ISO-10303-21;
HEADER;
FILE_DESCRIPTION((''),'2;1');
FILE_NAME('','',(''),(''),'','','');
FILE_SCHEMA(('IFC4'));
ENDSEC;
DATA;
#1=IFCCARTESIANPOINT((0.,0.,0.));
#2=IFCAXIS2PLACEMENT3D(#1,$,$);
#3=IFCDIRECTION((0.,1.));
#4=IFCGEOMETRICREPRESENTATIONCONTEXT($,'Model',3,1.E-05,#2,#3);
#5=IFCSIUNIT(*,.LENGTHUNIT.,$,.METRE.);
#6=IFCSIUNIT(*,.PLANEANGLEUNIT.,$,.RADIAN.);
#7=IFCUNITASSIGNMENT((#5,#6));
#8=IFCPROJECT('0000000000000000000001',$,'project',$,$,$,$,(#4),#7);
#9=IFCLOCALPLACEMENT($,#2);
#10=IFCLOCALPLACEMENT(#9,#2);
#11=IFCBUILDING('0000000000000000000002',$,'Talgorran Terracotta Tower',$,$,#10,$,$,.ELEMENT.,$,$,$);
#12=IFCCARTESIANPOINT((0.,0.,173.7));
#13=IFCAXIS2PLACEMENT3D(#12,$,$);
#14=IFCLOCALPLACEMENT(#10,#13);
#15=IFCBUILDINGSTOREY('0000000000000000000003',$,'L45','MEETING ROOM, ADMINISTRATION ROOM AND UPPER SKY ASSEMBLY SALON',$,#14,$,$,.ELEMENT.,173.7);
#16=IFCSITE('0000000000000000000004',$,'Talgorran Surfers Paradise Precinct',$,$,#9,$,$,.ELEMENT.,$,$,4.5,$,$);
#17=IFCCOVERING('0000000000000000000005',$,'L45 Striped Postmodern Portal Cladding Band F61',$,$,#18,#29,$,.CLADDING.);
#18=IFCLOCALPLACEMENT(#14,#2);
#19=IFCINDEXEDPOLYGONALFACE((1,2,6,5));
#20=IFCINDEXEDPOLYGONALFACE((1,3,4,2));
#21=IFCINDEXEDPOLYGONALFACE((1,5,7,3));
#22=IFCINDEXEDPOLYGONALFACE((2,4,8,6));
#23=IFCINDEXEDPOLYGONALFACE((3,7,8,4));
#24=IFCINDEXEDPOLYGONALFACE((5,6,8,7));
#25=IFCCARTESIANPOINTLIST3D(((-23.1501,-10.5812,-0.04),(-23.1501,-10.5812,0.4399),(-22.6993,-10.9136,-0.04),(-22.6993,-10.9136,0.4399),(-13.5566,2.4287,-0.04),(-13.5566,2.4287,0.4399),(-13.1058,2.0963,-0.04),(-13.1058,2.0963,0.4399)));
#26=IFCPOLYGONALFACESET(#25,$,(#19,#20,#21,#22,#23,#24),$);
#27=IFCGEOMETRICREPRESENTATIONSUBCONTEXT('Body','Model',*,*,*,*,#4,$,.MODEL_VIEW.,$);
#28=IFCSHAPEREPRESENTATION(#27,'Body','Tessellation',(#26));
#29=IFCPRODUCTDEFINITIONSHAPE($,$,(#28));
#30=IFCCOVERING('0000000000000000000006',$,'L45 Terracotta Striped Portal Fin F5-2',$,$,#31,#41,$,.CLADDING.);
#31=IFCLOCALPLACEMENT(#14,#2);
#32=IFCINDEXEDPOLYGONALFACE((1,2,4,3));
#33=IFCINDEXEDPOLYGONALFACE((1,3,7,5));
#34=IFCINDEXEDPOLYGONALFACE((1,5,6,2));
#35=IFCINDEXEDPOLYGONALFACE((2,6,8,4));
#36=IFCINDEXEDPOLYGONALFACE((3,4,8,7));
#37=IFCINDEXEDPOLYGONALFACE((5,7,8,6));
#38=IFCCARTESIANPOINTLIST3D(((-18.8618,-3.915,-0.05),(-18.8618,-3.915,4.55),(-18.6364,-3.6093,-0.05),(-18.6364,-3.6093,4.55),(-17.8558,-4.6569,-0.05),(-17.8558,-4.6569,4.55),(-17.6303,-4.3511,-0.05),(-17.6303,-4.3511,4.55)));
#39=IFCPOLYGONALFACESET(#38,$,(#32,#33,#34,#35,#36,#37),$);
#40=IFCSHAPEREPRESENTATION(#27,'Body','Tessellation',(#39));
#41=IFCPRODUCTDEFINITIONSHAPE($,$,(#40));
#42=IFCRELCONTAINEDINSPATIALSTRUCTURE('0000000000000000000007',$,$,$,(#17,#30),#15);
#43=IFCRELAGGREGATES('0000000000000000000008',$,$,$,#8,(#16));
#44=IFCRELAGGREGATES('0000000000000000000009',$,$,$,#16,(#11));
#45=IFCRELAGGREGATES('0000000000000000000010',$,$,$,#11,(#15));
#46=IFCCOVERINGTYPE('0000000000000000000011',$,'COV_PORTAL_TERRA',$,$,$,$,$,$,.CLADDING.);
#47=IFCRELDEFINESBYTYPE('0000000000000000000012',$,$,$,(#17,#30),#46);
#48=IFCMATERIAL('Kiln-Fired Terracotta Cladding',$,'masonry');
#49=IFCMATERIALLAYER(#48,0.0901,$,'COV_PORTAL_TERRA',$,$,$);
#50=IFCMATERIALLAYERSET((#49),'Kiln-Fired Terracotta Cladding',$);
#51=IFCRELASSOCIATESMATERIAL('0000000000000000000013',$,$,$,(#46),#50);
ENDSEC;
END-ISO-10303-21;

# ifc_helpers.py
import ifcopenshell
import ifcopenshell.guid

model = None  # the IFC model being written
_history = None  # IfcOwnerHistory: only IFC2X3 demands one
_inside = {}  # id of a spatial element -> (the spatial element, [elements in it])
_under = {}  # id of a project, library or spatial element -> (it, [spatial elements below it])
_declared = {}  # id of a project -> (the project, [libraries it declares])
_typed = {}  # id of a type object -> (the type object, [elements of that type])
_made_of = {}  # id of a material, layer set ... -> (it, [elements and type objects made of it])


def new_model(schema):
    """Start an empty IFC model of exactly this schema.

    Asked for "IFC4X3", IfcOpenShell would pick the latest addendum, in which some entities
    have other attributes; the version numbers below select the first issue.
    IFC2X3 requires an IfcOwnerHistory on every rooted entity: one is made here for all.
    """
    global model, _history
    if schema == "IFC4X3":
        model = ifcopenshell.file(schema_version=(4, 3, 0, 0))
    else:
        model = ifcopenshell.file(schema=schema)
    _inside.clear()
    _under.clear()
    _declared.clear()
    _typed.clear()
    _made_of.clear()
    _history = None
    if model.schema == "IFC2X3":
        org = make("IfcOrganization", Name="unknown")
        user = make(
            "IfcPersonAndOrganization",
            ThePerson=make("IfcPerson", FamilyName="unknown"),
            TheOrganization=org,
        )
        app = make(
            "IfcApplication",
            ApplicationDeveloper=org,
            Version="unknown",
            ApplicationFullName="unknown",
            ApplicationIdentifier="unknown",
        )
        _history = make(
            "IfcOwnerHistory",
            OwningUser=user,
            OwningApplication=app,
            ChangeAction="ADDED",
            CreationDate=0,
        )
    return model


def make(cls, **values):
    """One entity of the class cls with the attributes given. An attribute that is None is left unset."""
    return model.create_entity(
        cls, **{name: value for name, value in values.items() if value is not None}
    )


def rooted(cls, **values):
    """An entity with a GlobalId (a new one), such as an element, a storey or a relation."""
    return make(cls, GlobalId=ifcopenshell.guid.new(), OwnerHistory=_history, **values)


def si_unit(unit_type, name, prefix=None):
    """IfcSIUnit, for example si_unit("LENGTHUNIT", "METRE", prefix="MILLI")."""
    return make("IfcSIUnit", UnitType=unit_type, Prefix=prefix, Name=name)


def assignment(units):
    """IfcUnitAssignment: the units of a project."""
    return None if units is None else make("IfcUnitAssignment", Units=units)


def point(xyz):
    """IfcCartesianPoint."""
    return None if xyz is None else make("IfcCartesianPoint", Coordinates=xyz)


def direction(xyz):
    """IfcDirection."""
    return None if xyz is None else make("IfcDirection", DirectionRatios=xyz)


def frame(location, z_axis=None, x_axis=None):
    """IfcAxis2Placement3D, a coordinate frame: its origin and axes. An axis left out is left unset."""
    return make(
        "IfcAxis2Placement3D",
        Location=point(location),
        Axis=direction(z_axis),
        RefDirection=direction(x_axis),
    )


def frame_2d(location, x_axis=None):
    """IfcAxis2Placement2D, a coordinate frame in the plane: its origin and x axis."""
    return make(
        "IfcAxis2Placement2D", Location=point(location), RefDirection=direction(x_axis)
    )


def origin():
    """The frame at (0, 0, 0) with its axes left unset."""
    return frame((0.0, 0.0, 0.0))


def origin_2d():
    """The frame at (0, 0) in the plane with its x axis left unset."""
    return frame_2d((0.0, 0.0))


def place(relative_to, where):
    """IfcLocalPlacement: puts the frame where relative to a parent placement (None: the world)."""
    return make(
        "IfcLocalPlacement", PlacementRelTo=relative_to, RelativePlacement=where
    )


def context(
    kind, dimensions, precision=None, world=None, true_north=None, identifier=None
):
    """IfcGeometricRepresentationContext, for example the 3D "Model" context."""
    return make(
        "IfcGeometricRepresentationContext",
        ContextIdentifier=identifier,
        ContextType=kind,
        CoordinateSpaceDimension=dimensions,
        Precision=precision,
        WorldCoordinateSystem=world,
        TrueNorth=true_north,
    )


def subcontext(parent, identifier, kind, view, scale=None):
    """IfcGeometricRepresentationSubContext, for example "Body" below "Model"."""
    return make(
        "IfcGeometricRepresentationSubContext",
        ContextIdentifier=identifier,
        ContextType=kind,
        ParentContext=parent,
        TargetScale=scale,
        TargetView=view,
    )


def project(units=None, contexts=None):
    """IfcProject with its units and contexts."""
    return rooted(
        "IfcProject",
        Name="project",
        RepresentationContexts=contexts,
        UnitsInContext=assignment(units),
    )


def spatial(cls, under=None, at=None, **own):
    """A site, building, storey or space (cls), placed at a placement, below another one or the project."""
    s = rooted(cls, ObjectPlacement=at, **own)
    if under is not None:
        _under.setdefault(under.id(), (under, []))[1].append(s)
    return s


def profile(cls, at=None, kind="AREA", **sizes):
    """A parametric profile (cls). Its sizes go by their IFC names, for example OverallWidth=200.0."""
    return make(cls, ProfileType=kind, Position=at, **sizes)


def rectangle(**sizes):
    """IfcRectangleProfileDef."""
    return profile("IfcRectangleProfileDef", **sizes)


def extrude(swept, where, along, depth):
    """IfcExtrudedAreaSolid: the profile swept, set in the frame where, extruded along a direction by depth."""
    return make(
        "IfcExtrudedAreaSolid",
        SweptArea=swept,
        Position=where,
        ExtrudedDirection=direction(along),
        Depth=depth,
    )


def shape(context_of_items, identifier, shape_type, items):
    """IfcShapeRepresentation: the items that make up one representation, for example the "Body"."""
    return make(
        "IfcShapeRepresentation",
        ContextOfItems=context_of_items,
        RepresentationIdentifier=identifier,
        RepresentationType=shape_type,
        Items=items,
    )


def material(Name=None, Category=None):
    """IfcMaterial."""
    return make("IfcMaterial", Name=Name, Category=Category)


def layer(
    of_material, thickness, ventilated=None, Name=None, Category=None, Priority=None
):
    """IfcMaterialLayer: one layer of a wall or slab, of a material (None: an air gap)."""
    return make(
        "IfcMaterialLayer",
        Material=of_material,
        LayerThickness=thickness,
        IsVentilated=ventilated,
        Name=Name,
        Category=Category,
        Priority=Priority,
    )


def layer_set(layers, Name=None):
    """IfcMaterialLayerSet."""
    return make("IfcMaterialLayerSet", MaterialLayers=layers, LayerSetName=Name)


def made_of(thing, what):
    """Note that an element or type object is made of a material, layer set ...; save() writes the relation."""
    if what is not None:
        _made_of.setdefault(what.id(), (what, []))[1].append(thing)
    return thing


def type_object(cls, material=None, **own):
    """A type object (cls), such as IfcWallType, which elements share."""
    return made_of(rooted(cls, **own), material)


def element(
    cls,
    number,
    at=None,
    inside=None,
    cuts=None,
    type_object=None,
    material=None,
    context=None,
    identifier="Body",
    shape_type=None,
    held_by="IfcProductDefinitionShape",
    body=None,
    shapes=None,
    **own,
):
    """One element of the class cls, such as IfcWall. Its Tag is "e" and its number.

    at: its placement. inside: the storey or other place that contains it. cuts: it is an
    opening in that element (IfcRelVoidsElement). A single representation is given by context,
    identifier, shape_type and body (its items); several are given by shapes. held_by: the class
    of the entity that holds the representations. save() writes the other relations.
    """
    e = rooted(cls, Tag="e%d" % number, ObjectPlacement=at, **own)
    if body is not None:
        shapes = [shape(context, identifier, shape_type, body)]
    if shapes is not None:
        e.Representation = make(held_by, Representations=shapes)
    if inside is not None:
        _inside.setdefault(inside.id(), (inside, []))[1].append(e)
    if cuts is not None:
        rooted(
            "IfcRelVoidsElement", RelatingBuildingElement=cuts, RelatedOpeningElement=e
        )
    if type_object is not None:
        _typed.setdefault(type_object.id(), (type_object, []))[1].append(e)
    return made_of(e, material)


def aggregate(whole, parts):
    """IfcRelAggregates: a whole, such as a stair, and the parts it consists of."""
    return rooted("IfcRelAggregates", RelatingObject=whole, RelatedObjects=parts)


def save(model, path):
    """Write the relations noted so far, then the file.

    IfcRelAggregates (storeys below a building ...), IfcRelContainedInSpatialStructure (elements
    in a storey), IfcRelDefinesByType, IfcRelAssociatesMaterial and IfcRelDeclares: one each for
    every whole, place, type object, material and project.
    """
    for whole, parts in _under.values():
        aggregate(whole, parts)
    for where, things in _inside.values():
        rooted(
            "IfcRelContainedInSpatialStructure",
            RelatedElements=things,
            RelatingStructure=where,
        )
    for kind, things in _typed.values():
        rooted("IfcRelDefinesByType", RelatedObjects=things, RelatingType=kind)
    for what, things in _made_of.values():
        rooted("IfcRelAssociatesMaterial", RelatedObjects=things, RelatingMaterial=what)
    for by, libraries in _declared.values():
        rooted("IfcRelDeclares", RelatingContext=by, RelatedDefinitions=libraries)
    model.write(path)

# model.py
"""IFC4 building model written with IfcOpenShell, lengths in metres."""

from ifc_helpers import new_model, si_unit, direction, frame, origin, origin_2d, place, context, subcontext, project, spatial, rectangle, extrude, material, layer, layer_set, type_object, element, save


model = new_model("IFC4")

# Units and contexts
model_context = context("Model", 3, precision=1e-05, world=origin(), true_north=direction((0.0, 1.0)))
body_context = subcontext(model_context, "Body", "Model", "MODEL_VIEW")
ifc_project = project(units=[si_unit("LENGTHUNIT", "METRE"), si_unit("PLANEANGLEUNIT", "RADIAN")], contexts=[model_context])

# Site, building, storey
site_placement = place(None, origin())
site = spatial("IfcSite", under=ifc_project, at=site_placement, Name="Talgorran Surfers Paradise Precinct", CompositionType="ELEMENT", RefElevation=4.5)
building_placement = place(site_placement, origin())
building = spatial("IfcBuilding", under=site, at=building_placement, Name="Talgorran Terracotta Tower", CompositionType="ELEMENT")
storey_placement = place(building_placement, frame((0.0, 0.0, 173.7)))
storey = spatial("IfcBuildingStorey", under=building, at=storey_placement, Name="L45", Description="MEETING ROOM, ADMINISTRATION ROOM AND UPPER SKY ASSEMBLY SALON", CompositionType="ELEMENT", Elevation=173.7)

# Coverings
ifc_material_1 = material(Name="Kiln-Fired Terracotta Cladding", Category="masonry")
ifc_layer_1 = layer(ifc_material_1, 0.0901, Name="COV_PORTAL_TERRA")
ifc_layer_set_1 = layer_set([ifc_layer_1], Name="Kiln-Fired Terracotta Cladding")
covering_type_1 = type_object("IfcCoveringType", Name="COV_PORTAL_TERRA", PredefinedType="CLADDING", material=ifc_layer_set_1)
covering_1_placement = place(storey_placement, frame((-18.1279, -4.2424, -0.04), z_axis=(0.0, 0.0, 1.0), x_axis=(-0.593489, -0.804842, 0.0)))
element("IfcCovering", 1, at=covering_1_placement, inside=storey, type_object=covering_type_1, Name="L45 Striped Postmodern Portal Cladding Band F61", PredefinedType="CLADDING", context=body_context, shape_type="SweptSolid", body=[
    extrude(rectangle(XDim=16.1646, YDim=0.5601, at=origin_2d()), origin(), (0.0, 0.0, 1.0), 0.48),
])
covering_2_placement = place(storey_placement, frame((-18.2461, -4.1331, -0.05), z_axis=(0.0, 0.0, 1.0), x_axis=(-0.593489, -0.804842, 0.0)))
element("IfcCovering", 2, at=covering_2_placement, inside=storey, type_object=covering_type_1, Name="L45 Terracotta Striped Portal Fin F5-2", PredefinedType="CLADDING", context=body_context, shape_type="SweptSolid", body=[
    extrude(rectangle(XDim=0.3799, YDim=1.25, at=origin_2d()), origin(), (0.0, 0.0, 1.0), 4.6001),
])

save(model, "model.ifc")
